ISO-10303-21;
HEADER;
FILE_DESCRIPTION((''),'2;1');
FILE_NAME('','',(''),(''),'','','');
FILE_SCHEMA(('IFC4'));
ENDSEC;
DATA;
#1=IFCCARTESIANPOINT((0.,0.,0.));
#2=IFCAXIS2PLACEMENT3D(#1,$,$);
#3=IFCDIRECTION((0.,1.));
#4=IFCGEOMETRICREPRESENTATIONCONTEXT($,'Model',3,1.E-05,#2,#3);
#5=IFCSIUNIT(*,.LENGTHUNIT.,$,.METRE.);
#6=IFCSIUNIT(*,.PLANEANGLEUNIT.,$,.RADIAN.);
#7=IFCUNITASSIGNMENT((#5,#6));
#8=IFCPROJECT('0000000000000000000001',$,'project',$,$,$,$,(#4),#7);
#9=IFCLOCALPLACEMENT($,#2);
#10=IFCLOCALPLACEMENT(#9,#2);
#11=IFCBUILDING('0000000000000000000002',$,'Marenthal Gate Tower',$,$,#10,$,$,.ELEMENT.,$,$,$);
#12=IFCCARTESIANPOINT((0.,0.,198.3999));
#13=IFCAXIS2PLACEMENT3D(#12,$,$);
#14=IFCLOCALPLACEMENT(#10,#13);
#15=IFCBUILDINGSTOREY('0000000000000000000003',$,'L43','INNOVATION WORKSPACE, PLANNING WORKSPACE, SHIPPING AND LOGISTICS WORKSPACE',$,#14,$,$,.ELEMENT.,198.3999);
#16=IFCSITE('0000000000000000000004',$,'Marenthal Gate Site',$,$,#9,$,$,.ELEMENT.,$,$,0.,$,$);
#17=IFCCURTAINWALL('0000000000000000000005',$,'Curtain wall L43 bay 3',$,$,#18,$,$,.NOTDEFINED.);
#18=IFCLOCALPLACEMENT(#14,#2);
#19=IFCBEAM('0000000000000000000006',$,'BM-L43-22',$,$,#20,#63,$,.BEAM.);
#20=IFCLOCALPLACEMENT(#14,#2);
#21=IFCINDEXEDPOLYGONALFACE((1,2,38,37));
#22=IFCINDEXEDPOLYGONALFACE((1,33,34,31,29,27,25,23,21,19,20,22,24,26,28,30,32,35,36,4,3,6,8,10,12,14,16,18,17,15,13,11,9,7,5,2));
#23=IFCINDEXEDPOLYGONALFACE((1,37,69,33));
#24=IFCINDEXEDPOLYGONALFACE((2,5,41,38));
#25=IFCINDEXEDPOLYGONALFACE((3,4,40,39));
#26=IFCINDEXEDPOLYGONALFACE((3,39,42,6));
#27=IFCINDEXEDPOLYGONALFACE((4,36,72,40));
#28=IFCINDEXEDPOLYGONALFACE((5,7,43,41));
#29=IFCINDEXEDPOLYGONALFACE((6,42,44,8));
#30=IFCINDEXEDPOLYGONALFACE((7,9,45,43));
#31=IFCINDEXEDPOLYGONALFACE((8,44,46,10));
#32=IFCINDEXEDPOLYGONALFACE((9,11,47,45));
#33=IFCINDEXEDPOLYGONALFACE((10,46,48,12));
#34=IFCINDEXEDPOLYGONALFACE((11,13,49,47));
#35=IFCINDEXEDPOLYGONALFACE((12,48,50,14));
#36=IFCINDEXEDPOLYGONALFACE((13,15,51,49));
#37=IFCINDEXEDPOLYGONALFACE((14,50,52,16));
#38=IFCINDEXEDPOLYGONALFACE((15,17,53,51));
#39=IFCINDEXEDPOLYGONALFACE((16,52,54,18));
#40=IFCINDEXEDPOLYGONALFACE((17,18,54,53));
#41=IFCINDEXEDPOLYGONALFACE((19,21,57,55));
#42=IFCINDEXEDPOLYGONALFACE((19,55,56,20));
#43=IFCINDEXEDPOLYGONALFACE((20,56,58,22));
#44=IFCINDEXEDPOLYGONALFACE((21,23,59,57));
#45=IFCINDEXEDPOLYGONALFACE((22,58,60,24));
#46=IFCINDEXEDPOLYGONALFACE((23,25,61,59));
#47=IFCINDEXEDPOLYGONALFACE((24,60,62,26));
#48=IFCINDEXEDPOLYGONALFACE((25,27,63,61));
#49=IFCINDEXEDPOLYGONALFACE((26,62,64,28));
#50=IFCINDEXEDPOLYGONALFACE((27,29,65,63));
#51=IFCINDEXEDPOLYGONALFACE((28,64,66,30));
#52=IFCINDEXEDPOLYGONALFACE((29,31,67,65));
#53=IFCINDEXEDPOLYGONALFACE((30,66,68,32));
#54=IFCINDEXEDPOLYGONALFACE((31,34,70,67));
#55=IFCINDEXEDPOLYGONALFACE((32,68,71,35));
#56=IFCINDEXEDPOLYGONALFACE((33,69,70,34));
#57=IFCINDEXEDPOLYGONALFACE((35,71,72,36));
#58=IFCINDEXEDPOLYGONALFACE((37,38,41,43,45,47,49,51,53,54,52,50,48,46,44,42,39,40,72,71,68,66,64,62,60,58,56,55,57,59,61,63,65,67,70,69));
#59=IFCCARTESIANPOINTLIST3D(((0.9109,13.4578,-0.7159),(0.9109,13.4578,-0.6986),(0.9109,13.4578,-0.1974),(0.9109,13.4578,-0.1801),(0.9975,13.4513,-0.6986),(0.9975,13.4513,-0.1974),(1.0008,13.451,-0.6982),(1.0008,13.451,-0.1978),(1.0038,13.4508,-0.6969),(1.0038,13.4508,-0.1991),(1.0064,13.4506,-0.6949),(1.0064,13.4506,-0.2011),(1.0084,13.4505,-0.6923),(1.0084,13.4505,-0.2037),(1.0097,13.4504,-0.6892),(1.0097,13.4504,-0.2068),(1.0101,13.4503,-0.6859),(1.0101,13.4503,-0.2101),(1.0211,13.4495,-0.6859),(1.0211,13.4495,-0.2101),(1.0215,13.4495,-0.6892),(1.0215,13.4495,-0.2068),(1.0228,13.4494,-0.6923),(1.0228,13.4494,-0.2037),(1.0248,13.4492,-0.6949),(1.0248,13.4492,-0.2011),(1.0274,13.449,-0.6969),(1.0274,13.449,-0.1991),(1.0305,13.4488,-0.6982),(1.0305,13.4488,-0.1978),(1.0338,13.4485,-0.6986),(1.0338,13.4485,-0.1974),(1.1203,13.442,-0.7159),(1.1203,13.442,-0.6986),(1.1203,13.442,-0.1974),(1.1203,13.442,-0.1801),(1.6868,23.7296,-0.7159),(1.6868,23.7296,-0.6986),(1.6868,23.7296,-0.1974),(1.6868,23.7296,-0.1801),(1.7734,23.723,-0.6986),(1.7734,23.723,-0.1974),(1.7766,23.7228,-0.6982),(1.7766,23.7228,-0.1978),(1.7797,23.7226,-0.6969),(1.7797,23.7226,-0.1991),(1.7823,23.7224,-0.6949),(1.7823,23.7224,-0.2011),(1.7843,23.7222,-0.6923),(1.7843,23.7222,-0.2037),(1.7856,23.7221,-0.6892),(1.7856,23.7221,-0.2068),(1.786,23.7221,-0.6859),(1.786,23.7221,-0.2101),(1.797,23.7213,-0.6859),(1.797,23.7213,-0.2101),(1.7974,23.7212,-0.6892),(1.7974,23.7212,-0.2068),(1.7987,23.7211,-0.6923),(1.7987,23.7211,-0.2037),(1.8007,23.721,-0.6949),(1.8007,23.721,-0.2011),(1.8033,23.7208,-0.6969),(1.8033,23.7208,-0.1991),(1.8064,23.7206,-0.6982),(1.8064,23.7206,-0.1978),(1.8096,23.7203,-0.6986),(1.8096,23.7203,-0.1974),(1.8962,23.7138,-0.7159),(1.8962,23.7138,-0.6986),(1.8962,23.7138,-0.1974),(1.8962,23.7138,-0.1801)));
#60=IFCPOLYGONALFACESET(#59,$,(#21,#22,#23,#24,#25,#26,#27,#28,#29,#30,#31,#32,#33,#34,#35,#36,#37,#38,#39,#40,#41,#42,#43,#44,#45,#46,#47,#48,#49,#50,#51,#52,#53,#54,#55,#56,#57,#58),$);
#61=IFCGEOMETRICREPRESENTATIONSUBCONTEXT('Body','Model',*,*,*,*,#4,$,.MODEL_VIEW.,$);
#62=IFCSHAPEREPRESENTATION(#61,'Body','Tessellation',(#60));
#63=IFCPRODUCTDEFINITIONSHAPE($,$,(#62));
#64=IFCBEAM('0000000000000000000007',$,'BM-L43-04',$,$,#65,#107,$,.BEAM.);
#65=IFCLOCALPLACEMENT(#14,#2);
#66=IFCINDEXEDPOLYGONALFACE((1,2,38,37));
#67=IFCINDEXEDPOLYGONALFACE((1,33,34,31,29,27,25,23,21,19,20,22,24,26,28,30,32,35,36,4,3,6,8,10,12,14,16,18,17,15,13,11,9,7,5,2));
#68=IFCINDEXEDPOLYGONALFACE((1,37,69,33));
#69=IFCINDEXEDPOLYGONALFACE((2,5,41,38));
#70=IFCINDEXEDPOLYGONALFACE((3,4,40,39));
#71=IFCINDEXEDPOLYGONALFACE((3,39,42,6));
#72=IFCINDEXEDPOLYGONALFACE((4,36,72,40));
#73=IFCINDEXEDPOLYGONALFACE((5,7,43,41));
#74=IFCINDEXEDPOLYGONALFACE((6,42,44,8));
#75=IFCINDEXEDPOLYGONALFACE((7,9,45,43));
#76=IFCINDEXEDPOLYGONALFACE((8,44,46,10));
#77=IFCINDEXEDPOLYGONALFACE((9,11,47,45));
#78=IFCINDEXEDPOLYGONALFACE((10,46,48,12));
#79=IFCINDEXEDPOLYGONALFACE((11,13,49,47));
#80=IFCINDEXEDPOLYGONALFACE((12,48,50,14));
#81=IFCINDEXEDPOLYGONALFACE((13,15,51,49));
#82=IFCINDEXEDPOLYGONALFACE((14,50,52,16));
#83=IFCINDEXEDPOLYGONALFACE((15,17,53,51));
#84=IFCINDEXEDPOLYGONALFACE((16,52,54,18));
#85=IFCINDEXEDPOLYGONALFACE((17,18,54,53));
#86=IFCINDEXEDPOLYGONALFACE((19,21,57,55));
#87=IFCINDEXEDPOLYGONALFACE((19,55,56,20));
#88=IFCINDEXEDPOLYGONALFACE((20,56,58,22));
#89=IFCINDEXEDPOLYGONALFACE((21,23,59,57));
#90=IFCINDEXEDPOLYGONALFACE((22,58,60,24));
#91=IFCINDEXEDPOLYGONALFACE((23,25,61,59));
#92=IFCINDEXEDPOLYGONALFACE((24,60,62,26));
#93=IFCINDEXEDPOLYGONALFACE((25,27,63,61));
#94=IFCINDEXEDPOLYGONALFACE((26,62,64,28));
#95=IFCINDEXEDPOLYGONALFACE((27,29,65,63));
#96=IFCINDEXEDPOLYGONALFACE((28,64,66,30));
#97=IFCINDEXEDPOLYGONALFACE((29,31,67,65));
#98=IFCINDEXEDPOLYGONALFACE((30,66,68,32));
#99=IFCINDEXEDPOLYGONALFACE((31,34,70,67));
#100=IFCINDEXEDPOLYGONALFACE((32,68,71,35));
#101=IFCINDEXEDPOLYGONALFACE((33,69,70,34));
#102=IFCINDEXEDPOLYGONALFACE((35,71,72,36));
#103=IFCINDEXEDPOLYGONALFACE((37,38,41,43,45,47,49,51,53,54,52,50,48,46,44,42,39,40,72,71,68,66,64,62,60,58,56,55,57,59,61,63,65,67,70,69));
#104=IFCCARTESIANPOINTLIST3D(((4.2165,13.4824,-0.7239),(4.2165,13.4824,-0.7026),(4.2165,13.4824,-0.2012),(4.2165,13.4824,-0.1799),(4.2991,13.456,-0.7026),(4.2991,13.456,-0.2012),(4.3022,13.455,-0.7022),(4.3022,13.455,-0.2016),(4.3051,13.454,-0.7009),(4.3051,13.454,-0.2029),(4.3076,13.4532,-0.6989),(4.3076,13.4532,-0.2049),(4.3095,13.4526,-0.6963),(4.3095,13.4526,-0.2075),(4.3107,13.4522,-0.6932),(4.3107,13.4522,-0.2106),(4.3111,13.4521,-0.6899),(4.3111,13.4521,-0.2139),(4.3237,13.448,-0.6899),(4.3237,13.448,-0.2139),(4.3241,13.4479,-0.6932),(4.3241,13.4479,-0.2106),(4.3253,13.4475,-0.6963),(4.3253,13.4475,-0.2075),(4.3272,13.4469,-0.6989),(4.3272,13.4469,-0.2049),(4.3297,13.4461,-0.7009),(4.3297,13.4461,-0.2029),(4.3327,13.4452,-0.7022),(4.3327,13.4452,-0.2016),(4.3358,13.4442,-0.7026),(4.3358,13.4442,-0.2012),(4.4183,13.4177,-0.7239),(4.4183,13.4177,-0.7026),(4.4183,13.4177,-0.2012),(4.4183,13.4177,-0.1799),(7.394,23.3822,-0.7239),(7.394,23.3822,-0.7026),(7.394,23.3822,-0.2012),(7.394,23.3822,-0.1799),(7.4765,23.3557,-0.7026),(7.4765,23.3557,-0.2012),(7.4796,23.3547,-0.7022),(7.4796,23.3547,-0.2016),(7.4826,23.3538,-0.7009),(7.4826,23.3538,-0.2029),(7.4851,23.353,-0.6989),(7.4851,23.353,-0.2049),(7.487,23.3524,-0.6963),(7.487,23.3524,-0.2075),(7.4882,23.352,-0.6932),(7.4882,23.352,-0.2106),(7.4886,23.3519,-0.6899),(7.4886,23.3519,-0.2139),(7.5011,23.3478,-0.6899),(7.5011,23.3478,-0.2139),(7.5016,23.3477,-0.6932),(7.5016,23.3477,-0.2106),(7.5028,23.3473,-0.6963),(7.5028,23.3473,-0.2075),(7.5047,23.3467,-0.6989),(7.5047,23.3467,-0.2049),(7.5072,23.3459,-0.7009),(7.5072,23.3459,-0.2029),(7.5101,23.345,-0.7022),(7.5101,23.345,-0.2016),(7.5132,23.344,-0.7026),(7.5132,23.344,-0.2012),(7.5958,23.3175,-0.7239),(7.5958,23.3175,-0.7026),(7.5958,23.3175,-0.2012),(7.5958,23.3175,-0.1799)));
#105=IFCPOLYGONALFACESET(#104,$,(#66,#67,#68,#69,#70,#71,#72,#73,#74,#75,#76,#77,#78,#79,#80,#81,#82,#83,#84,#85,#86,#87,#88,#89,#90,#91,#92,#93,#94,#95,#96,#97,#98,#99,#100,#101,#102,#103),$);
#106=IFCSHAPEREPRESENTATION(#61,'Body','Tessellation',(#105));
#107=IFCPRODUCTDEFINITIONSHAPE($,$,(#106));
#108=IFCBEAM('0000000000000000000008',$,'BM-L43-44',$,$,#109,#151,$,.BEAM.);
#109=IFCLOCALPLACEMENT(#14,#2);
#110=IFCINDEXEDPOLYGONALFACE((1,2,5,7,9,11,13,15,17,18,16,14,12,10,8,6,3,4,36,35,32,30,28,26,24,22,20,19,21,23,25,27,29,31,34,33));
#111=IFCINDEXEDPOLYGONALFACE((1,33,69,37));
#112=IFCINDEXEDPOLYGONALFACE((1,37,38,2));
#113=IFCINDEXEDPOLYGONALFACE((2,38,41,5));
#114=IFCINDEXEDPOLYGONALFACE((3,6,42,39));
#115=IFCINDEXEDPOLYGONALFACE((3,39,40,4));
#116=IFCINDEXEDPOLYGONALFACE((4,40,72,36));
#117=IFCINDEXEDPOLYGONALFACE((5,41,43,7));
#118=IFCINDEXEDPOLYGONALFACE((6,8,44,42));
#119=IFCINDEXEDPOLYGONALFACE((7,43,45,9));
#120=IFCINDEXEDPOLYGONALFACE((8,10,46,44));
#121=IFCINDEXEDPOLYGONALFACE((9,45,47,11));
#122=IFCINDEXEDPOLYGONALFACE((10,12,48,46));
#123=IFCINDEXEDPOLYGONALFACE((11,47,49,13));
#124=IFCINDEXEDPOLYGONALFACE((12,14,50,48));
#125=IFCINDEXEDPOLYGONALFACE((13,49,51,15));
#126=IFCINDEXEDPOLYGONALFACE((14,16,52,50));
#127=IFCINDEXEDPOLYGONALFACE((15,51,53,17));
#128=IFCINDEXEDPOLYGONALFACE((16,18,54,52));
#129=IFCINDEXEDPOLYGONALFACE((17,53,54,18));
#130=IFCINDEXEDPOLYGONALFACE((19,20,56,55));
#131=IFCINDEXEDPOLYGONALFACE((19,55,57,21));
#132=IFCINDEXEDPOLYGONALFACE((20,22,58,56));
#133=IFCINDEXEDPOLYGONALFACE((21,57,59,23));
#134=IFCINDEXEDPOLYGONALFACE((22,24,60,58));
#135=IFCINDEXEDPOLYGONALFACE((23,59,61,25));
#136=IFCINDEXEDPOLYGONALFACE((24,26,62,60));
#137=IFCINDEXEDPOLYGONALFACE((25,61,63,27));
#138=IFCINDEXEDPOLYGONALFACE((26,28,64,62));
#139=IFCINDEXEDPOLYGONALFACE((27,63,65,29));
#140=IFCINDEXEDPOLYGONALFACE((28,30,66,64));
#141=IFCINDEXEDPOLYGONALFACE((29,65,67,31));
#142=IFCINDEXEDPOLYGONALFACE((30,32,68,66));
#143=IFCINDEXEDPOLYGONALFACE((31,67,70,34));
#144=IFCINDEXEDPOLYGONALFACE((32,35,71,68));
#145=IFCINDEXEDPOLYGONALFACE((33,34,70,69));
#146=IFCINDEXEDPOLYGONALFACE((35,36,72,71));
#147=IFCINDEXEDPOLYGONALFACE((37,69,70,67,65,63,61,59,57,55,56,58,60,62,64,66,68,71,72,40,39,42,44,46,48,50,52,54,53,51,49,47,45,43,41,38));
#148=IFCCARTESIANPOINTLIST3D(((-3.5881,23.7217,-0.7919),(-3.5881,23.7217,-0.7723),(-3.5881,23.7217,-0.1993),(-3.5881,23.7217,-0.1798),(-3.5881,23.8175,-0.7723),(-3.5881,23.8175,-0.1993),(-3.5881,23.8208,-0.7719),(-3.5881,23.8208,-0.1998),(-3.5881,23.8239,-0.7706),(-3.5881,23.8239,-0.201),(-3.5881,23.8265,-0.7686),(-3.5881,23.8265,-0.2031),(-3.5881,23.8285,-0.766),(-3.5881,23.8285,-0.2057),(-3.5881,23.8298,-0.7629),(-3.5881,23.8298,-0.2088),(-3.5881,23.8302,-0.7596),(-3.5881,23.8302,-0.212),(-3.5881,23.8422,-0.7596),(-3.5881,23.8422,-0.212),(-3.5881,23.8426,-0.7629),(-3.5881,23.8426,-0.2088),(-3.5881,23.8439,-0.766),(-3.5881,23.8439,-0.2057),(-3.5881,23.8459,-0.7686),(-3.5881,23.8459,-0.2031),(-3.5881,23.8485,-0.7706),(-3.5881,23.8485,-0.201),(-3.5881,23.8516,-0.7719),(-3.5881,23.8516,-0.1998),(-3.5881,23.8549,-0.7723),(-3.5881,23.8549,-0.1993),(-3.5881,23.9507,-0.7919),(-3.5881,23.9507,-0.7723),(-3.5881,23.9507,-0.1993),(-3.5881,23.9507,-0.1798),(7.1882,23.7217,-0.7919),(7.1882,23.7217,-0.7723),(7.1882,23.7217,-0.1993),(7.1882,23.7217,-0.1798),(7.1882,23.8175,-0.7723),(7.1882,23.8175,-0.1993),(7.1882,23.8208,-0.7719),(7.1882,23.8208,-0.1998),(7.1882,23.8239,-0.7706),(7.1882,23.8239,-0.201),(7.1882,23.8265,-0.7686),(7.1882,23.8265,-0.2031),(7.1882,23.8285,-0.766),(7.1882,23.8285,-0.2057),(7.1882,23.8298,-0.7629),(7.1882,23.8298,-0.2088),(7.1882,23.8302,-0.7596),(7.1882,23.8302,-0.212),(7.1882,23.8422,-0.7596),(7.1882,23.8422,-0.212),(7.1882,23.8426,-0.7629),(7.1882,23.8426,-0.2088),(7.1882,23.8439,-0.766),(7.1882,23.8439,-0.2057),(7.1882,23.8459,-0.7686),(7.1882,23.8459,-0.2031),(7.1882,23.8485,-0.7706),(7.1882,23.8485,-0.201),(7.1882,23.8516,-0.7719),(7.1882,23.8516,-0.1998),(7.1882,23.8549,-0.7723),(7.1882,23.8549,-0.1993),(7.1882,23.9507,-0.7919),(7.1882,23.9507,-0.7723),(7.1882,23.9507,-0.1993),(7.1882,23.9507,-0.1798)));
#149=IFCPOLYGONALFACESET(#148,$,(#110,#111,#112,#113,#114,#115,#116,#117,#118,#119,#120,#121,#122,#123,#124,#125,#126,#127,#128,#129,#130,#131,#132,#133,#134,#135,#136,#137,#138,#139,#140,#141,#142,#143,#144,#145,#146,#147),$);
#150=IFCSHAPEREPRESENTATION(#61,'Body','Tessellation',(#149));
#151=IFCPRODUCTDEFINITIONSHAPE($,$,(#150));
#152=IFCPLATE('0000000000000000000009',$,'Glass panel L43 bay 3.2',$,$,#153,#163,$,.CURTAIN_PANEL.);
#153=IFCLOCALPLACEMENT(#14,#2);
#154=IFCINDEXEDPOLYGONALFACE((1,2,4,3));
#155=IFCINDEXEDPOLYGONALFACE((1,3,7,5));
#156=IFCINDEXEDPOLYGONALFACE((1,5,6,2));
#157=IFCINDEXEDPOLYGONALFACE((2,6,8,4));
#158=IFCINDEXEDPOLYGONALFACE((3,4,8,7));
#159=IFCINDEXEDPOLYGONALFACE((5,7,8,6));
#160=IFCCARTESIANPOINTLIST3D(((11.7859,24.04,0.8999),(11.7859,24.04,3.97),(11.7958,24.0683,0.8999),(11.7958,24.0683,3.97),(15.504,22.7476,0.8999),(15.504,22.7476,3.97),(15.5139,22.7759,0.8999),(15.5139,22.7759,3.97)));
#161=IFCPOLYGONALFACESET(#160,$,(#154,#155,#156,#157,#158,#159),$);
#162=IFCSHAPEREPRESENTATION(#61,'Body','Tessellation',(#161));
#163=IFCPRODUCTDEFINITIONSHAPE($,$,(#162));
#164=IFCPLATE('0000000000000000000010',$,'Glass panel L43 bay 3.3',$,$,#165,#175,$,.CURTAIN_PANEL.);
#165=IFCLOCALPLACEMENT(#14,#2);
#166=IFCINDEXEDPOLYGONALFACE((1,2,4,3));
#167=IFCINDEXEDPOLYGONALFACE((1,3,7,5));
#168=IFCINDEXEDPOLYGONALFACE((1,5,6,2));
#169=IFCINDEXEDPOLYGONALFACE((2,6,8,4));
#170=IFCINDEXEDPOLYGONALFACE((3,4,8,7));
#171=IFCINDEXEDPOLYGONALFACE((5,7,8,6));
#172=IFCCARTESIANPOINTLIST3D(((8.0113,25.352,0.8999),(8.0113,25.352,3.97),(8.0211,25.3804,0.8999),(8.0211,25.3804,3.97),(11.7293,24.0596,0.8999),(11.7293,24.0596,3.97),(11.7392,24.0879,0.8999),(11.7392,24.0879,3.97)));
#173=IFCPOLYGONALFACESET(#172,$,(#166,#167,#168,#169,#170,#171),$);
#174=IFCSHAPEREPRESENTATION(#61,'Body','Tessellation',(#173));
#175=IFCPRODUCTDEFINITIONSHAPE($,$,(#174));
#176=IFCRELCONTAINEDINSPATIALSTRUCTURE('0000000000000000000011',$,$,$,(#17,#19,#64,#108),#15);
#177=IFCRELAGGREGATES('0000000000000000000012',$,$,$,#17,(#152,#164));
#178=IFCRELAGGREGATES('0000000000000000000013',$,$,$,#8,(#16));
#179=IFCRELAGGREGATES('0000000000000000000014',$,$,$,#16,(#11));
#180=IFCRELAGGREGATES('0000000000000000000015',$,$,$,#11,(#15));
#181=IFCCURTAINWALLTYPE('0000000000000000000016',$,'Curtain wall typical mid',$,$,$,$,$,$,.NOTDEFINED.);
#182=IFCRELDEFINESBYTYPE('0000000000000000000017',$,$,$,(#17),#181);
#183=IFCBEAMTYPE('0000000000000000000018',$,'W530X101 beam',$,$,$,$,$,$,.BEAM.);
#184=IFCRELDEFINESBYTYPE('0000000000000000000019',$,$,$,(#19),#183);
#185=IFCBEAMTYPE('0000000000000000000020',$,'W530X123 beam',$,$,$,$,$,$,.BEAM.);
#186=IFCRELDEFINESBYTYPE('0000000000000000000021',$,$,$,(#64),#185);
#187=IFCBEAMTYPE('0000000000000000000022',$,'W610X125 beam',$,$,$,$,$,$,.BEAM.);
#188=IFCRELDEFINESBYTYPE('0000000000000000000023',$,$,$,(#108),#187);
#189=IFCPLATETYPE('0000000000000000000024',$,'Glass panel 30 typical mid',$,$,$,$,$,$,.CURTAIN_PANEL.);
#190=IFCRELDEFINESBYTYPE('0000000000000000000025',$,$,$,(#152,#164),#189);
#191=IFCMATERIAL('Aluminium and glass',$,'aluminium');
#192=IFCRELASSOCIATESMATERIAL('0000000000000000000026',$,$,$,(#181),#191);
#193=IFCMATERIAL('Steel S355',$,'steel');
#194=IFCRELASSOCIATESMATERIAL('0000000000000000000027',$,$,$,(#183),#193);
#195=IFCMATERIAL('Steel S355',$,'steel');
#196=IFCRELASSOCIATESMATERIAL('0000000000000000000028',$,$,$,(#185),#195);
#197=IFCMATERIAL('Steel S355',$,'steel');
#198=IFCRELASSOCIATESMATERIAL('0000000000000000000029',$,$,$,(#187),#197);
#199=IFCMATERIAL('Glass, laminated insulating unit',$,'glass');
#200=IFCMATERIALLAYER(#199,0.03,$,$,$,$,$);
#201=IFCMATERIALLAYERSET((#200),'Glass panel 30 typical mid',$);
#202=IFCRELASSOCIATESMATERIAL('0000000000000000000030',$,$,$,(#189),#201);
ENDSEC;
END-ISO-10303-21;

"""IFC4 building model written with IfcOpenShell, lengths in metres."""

from ifc_helpers import new_model, si_unit, direction, frame, origin, origin_2d, place, context, subcontext, project, spatial, rectangle, i_section, extrude, material, layer, layer_set, material_profile, profile_set, type_object, element, aggregate, save


model = new_model("IFC4")

# Units and contexts
model_context = context("Model", 3, precision=1e-05, world=origin(), true_north=direction((0.0, 1.0)))
body_context = subcontext(model_context, "Body", "Model", "MODEL_VIEW")
ifc_project = project(units=[si_unit("LENGTHUNIT", "METRE"), si_unit("PLANEANGLEUNIT", "RADIAN")], contexts=[model_context])

# Site, building, storey
site_placement = place(None, origin())
site = spatial("IfcSite", under=ifc_project, at=site_placement, Name="Marenthal Gate Site", CompositionType="ELEMENT", RefElevation=0.0)
building_placement = place(site_placement, origin())
building = spatial("IfcBuilding", under=site, at=building_placement, Name="Marenthal Gate Tower", CompositionType="ELEMENT")
storey_placement = place(building_placement, frame((0.0, 0.0, 198.3999)))
storey = spatial("IfcBuildingStorey", under=building, at=storey_placement, Name="L43", Description="INNOVATION WORKSPACE, PLANNING WORKSPACE, SHIPPING AND LOGISTICS WORKSPACE", CompositionType="ELEMENT", Elevation=198.3999)

# Curtain wall
ifc_material_1 = material(Name="Aluminium and glass", Category="aluminium")
curtain_wall_type = type_object("IfcCurtainWallType", Name="Curtain wall typical mid", PredefinedType="NOTDEFINED", material=ifc_material_1)
curtain_wall_placement = place(storey_placement, origin())
curtain_wall = element("IfcCurtainWall", 1, at=curtain_wall_placement, inside=storey, type_object=curtain_wall_type, Name="Curtain wall L43 bay 3", PredefinedType="NOTDEFINED")

# Beams
ifc_material_2 = material(Name="Steel S355", Category="steel")
ifc_material_profile_1 = material_profile(ifc_material_2, i_section(OverallWidth=0.21, OverallDepth=0.5359, WebThickness=0.011, FlangeThickness=0.0173, FilletRadius=0.0127, at=origin_2d()), Name="W530X101")
ifc_profile_set_1 = profile_set([ifc_material_profile_1], Name="Steel S355")
beam_type_1 = type_object("IfcBeamType", Name="W530X101 beam", PredefinedType="BEAM", material=ifc_profile_set_1)
beam_1_placement = place(storey_placement, frame((1.7915, 23.7217, -0.448), z_axis=(-0.075321, -0.997159, 0.0), x_axis=(0.997159, -0.075321, 0.0)))
element("IfcBeam", 2, at=beam_1_placement, inside=storey, type_object=beam_type_1, Name="BM-L43-22", PredefinedType="BEAM", context=body_context, shape_type="SweptSolid", body=[
    extrude(i_section(OverallWidth=0.21, OverallDepth=0.5359, WebThickness=0.011, FlangeThickness=0.0173, FilletRadius=0.0127, at=origin_2d()), origin(), (0.0, 0.0, 1.0), 10.301),
])
ifc_material_3 = material(Name="Steel S355", Category="steel")
ifc_material_profile_2 = material_profile(ifc_material_3, i_section(OverallWidth=0.2119, OverallDepth=0.5439, WebThickness=0.0132, FlangeThickness=0.0212, FilletRadius=0.0127, at=origin_2d()), Name="W530X123")
ifc_profile_set_2 = profile_set([ifc_material_profile_2], Name="Steel S355")
beam_type_2 = type_object("IfcBeamType", Name="W530X123 beam", PredefinedType="BEAM", material=ifc_profile_set_2)
beam_2_placement = place(storey_placement, frame((7.4949, 23.3499, -0.4519), z_axis=(-0.305606, -0.952158, 0.0), x_axis=(0.952158, -0.305606, 0.0)))
element("IfcBeam", 3, at=beam_2_placement, inside=storey, type_object=beam_type_2, Name="BM-L43-04", PredefinedType="BEAM", context=body_context, shape_type="SweptSolid", body=[
    extrude(i_section(OverallWidth=0.2119, OverallDepth=0.5439, WebThickness=0.0132, FlangeThickness=0.0212, FilletRadius=0.0127, at=origin_2d()), origin(), (0.0, 0.0, 1.0), 10.3972),
])
ifc_material_4 = material(Name="Steel S355", Category="steel")
ifc_material_profile_3 = material_profile(ifc_material_4, i_section(OverallWidth=0.229, OverallDepth=0.6121, WebThickness=0.012, FlangeThickness=0.0195, FilletRadius=0.0127, at=origin_2d()), Name="W610X125")
ifc_profile_set_3 = profile_set([ifc_material_profile_3], Name="Steel S355")
beam_type_3 = type_object("IfcBeamType", Name="W610X125 beam", PredefinedType="BEAM", material=ifc_profile_set_3)
beam_3_placement = place(storey_placement, frame((7.1882, 23.8362, -0.4858), z_axis=(-1.0, 0.0, 0.0), x_axis=(0.0, -1.0, 0.0)))
element("IfcBeam", 4, at=beam_3_placement, inside=storey, type_object=beam_type_3, Name="BM-L43-44", PredefinedType="BEAM", context=body_context, shape_type="SweptSolid", body=[
    extrude(i_section(OverallWidth=0.229, OverallDepth=0.6121, WebThickness=0.012, FlangeThickness=0.0195, FilletRadius=0.0127, at=origin_2d()), origin(), (0.0, 0.0, 1.0), 10.7764),
])

# Plates
ifc_material_5 = material(Name="Glass, laminated insulating unit", Category="glass")
ifc_layer_1 = layer(ifc_material_5, 0.03)
ifc_layer_set_1 = layer_set([ifc_layer_1], Name="Glass panel 30 typical mid")
plate_type = type_object("IfcPlateType", Name="Glass panel 30 typical mid", PredefinedType="CURTAIN_PANEL", material=ifc_layer_set_1)
plate_1_placement = place(storey_placement, frame((13.6499, 23.408, 0.8999), z_axis=(0.0, 0.0, 1.0), x_axis=(-0.944562, 0.328332, 0.0)))
plate_1 = element("IfcPlate", 5, at=plate_1_placement, type_object=plate_type, Name="Glass panel L43 bay 3.2", PredefinedType="CURTAIN_PANEL", context=body_context, shape_type="SweptSolid", body=[
    extrude(rectangle(XDim=3.9363, YDim=0.03, at=origin_2d()), origin(), (0.0, 0.0, 1.0), 3.0701),
])
plate_2_placement = place(storey_placement, frame((9.8752, 24.72, 0.8999), z_axis=(0.0, 0.0, 1.0), x_axis=(-0.944562, 0.328332, 0.0)))
plate_2 = element("IfcPlate", 6, at=plate_2_placement, type_object=plate_type, Name="Glass panel L43 bay 3.3", PredefinedType="CURTAIN_PANEL", context=body_context, shape_type="SweptSolid", body=[
    extrude(rectangle(XDim=3.9363, YDim=0.03, at=origin_2d()), origin(), (0.0, 0.0, 1.0), 3.0701),
])
aggregate(curtain_wall, [plate_1, plate_2])

save(model, "model.ifc")
